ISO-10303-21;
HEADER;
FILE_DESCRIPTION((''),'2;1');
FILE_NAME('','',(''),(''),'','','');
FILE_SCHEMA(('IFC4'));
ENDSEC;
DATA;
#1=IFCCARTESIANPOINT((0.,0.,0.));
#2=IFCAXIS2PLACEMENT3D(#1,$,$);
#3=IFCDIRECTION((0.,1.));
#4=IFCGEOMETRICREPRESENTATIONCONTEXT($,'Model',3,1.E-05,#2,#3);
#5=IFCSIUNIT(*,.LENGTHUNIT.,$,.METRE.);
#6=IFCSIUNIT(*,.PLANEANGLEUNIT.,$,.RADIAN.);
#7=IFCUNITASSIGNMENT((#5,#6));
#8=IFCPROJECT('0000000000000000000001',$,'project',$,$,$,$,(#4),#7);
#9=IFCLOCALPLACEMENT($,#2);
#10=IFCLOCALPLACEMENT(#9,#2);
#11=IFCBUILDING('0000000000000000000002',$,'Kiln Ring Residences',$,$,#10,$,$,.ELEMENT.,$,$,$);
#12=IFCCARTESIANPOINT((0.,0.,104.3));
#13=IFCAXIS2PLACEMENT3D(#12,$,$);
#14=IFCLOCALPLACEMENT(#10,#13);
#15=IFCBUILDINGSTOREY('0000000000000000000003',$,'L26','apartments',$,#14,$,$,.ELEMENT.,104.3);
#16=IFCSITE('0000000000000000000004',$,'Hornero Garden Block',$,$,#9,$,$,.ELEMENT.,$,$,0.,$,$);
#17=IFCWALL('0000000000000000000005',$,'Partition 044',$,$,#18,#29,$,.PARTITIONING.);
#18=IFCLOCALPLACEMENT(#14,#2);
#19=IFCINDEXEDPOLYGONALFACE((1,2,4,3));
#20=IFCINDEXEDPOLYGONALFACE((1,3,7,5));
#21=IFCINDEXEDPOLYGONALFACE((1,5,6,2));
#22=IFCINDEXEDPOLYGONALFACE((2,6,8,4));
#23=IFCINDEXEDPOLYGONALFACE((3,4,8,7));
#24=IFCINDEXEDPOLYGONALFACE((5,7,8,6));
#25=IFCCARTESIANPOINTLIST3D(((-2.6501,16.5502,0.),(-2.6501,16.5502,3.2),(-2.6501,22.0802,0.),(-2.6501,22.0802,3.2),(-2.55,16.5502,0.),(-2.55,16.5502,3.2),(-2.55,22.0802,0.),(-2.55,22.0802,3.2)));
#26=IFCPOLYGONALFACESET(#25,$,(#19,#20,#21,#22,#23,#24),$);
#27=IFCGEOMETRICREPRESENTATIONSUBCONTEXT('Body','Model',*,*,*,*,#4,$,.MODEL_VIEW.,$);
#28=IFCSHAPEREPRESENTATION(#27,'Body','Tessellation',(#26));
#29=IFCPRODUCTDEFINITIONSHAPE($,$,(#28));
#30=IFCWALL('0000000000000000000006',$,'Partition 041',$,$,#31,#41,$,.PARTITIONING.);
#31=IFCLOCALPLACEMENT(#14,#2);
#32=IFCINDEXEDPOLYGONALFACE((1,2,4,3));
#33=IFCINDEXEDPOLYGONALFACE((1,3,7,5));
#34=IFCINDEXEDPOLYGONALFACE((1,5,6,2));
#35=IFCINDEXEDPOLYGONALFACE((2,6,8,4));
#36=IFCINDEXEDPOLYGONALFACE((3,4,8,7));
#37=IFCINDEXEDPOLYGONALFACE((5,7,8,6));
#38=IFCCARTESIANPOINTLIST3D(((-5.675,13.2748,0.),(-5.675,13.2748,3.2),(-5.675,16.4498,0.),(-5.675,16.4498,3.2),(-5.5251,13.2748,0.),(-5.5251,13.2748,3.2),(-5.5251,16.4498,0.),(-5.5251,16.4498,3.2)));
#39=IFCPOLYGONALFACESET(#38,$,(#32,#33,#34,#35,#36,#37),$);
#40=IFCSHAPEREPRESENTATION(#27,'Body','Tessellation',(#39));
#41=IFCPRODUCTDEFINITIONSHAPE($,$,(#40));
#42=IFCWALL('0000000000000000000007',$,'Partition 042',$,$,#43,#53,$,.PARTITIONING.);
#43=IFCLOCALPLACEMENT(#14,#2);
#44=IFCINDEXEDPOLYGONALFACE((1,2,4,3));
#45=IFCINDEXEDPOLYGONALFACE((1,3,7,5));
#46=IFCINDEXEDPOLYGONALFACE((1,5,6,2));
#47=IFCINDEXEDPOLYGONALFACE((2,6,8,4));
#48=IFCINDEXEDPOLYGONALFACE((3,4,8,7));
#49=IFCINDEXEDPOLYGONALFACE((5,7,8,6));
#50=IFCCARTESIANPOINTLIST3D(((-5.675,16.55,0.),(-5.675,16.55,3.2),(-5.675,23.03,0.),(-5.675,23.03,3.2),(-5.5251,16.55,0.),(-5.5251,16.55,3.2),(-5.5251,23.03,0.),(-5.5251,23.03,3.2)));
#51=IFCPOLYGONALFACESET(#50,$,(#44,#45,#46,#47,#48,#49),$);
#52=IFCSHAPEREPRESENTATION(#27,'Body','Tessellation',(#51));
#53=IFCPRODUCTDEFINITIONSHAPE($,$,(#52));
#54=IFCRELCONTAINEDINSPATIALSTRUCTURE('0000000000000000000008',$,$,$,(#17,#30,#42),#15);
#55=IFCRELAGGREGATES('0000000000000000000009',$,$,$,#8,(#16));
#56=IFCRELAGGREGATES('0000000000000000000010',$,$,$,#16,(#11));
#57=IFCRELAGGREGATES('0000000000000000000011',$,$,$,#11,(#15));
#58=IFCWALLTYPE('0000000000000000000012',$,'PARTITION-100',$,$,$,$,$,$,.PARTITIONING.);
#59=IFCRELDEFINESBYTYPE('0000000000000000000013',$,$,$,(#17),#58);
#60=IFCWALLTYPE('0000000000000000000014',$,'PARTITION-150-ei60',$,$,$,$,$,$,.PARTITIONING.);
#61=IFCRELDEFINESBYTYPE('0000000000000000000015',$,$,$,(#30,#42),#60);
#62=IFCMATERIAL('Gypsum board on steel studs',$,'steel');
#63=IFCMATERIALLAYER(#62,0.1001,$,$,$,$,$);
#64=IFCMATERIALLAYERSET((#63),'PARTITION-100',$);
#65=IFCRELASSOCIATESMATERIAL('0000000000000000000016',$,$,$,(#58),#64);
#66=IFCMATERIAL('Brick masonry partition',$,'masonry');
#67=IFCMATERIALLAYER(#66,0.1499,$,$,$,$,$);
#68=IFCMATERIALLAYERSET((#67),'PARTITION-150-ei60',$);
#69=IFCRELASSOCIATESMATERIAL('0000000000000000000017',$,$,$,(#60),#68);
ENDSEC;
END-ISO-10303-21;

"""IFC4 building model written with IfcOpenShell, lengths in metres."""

from ifc_helpers import new_model, si_unit, direction, frame, frame_2d, origin, place, context, subcontext, project, spatial, rectangle, extrude, material, layer, layer_set, type_object, element, save


model = new_model("IFC4")

# Units and contexts
model_context = context("Model", 3, precision=1e-05, world=origin(), true_north=direction((0.0, 1.0)))
body_context = subcontext(model_context, "Body", "Model", "MODEL_VIEW")
ifc_project = project(units=[si_unit("LENGTHUNIT", "METRE"), si_unit("PLANEANGLEUNIT", "RADIAN")], contexts=[model_context])

# Site, building, storey
site_placement = place(None, origin())
site = spatial("IfcSite", under=ifc_project, at=site_placement, Name="Hornero Garden Block", CompositionType="ELEMENT", RefElevation=0.0)
building_placement = place(site_placement, origin())
building = spatial("IfcBuilding", under=site, at=building_placement, Name="Kiln Ring Residences", CompositionType="ELEMENT")
storey_placement = place(building_placement, frame((0.0, 0.0, 104.3)))
storey = spatial("IfcBuildingStorey", under=building, at=storey_placement, Name="L26", Description="apartments", CompositionType="ELEMENT", Elevation=104.3)

# Walls
ifc_material_1 = material(Name="Gypsum board on steel studs", Category="steel")
ifc_layer_1 = layer(ifc_material_1, 0.1001)
ifc_layer_set_1 = layer_set([ifc_layer_1], Name="PARTITION-100")
wall_type_1 = type_object("IfcWallType", Name="PARTITION-100", PredefinedType="PARTITIONING", material=ifc_layer_set_1)
wall_1_placement = place(storey_placement, frame((-2.6001, 16.55, 0.0), z_axis=(0.0, 0.0, 1.0), x_axis=(0.0, 1.0, 0.0)))
element("IfcWall", 1, at=wall_1_placement, inside=storey, type_object=wall_type_1, Name="Partition 044", PredefinedType="PARTITIONING", context=body_context, shape_type="SweptSolid", body=[
    extrude(rectangle(XDim=5.53, YDim=0.1001, at=frame_2d((2.7651, 0.0))), origin(), (0.0, 0.0, 1.0), 3.2),
])
ifc_material_2 = material(Name="Brick masonry partition", Category="masonry")
ifc_layer_2 = layer(ifc_material_2, 0.1499)
ifc_layer_set_2 = layer_set([ifc_layer_2], Name="PARTITION-150-ei60")
wall_type_2 = type_object("IfcWallType", Name="PARTITION-150-ei60", PredefinedType="PARTITIONING", material=ifc_layer_set_2)
wall_2_placement = place(storey_placement, frame((-5.6001, 13.2749, 0.0), z_axis=(0.0, 0.0, 1.0), x_axis=(0.0, 1.0, 0.0)))
element("IfcWall", 2, at=wall_2_placement, inside=storey, type_object=wall_type_2, Name="Partition 041", PredefinedType="PARTITIONING", context=body_context, shape_type="SweptSolid", body=[
    extrude(rectangle(XDim=3.175, YDim=0.1499, at=frame_2d((1.5874, 0.0))), origin(), (0.0, 0.0, 1.0), 3.2),
])
wall_3_placement = place(storey_placement, frame((-5.6001, 16.55, 0.0), z_axis=(0.0, 0.0, 1.0), x_axis=(0.0, 1.0, 0.0)))
element("IfcWall", 3, at=wall_3_placement, inside=storey, type_object=wall_type_2, Name="Partition 042", PredefinedType="PARTITIONING", context=body_context, shape_type="SweptSolid", body=[
    extrude(rectangle(XDim=6.48, YDim=0.1499, at=frame_2d((3.24, 0.0))), origin(), (0.0, 0.0, 1.0), 3.2),
])

save(model, "model.ifc")
